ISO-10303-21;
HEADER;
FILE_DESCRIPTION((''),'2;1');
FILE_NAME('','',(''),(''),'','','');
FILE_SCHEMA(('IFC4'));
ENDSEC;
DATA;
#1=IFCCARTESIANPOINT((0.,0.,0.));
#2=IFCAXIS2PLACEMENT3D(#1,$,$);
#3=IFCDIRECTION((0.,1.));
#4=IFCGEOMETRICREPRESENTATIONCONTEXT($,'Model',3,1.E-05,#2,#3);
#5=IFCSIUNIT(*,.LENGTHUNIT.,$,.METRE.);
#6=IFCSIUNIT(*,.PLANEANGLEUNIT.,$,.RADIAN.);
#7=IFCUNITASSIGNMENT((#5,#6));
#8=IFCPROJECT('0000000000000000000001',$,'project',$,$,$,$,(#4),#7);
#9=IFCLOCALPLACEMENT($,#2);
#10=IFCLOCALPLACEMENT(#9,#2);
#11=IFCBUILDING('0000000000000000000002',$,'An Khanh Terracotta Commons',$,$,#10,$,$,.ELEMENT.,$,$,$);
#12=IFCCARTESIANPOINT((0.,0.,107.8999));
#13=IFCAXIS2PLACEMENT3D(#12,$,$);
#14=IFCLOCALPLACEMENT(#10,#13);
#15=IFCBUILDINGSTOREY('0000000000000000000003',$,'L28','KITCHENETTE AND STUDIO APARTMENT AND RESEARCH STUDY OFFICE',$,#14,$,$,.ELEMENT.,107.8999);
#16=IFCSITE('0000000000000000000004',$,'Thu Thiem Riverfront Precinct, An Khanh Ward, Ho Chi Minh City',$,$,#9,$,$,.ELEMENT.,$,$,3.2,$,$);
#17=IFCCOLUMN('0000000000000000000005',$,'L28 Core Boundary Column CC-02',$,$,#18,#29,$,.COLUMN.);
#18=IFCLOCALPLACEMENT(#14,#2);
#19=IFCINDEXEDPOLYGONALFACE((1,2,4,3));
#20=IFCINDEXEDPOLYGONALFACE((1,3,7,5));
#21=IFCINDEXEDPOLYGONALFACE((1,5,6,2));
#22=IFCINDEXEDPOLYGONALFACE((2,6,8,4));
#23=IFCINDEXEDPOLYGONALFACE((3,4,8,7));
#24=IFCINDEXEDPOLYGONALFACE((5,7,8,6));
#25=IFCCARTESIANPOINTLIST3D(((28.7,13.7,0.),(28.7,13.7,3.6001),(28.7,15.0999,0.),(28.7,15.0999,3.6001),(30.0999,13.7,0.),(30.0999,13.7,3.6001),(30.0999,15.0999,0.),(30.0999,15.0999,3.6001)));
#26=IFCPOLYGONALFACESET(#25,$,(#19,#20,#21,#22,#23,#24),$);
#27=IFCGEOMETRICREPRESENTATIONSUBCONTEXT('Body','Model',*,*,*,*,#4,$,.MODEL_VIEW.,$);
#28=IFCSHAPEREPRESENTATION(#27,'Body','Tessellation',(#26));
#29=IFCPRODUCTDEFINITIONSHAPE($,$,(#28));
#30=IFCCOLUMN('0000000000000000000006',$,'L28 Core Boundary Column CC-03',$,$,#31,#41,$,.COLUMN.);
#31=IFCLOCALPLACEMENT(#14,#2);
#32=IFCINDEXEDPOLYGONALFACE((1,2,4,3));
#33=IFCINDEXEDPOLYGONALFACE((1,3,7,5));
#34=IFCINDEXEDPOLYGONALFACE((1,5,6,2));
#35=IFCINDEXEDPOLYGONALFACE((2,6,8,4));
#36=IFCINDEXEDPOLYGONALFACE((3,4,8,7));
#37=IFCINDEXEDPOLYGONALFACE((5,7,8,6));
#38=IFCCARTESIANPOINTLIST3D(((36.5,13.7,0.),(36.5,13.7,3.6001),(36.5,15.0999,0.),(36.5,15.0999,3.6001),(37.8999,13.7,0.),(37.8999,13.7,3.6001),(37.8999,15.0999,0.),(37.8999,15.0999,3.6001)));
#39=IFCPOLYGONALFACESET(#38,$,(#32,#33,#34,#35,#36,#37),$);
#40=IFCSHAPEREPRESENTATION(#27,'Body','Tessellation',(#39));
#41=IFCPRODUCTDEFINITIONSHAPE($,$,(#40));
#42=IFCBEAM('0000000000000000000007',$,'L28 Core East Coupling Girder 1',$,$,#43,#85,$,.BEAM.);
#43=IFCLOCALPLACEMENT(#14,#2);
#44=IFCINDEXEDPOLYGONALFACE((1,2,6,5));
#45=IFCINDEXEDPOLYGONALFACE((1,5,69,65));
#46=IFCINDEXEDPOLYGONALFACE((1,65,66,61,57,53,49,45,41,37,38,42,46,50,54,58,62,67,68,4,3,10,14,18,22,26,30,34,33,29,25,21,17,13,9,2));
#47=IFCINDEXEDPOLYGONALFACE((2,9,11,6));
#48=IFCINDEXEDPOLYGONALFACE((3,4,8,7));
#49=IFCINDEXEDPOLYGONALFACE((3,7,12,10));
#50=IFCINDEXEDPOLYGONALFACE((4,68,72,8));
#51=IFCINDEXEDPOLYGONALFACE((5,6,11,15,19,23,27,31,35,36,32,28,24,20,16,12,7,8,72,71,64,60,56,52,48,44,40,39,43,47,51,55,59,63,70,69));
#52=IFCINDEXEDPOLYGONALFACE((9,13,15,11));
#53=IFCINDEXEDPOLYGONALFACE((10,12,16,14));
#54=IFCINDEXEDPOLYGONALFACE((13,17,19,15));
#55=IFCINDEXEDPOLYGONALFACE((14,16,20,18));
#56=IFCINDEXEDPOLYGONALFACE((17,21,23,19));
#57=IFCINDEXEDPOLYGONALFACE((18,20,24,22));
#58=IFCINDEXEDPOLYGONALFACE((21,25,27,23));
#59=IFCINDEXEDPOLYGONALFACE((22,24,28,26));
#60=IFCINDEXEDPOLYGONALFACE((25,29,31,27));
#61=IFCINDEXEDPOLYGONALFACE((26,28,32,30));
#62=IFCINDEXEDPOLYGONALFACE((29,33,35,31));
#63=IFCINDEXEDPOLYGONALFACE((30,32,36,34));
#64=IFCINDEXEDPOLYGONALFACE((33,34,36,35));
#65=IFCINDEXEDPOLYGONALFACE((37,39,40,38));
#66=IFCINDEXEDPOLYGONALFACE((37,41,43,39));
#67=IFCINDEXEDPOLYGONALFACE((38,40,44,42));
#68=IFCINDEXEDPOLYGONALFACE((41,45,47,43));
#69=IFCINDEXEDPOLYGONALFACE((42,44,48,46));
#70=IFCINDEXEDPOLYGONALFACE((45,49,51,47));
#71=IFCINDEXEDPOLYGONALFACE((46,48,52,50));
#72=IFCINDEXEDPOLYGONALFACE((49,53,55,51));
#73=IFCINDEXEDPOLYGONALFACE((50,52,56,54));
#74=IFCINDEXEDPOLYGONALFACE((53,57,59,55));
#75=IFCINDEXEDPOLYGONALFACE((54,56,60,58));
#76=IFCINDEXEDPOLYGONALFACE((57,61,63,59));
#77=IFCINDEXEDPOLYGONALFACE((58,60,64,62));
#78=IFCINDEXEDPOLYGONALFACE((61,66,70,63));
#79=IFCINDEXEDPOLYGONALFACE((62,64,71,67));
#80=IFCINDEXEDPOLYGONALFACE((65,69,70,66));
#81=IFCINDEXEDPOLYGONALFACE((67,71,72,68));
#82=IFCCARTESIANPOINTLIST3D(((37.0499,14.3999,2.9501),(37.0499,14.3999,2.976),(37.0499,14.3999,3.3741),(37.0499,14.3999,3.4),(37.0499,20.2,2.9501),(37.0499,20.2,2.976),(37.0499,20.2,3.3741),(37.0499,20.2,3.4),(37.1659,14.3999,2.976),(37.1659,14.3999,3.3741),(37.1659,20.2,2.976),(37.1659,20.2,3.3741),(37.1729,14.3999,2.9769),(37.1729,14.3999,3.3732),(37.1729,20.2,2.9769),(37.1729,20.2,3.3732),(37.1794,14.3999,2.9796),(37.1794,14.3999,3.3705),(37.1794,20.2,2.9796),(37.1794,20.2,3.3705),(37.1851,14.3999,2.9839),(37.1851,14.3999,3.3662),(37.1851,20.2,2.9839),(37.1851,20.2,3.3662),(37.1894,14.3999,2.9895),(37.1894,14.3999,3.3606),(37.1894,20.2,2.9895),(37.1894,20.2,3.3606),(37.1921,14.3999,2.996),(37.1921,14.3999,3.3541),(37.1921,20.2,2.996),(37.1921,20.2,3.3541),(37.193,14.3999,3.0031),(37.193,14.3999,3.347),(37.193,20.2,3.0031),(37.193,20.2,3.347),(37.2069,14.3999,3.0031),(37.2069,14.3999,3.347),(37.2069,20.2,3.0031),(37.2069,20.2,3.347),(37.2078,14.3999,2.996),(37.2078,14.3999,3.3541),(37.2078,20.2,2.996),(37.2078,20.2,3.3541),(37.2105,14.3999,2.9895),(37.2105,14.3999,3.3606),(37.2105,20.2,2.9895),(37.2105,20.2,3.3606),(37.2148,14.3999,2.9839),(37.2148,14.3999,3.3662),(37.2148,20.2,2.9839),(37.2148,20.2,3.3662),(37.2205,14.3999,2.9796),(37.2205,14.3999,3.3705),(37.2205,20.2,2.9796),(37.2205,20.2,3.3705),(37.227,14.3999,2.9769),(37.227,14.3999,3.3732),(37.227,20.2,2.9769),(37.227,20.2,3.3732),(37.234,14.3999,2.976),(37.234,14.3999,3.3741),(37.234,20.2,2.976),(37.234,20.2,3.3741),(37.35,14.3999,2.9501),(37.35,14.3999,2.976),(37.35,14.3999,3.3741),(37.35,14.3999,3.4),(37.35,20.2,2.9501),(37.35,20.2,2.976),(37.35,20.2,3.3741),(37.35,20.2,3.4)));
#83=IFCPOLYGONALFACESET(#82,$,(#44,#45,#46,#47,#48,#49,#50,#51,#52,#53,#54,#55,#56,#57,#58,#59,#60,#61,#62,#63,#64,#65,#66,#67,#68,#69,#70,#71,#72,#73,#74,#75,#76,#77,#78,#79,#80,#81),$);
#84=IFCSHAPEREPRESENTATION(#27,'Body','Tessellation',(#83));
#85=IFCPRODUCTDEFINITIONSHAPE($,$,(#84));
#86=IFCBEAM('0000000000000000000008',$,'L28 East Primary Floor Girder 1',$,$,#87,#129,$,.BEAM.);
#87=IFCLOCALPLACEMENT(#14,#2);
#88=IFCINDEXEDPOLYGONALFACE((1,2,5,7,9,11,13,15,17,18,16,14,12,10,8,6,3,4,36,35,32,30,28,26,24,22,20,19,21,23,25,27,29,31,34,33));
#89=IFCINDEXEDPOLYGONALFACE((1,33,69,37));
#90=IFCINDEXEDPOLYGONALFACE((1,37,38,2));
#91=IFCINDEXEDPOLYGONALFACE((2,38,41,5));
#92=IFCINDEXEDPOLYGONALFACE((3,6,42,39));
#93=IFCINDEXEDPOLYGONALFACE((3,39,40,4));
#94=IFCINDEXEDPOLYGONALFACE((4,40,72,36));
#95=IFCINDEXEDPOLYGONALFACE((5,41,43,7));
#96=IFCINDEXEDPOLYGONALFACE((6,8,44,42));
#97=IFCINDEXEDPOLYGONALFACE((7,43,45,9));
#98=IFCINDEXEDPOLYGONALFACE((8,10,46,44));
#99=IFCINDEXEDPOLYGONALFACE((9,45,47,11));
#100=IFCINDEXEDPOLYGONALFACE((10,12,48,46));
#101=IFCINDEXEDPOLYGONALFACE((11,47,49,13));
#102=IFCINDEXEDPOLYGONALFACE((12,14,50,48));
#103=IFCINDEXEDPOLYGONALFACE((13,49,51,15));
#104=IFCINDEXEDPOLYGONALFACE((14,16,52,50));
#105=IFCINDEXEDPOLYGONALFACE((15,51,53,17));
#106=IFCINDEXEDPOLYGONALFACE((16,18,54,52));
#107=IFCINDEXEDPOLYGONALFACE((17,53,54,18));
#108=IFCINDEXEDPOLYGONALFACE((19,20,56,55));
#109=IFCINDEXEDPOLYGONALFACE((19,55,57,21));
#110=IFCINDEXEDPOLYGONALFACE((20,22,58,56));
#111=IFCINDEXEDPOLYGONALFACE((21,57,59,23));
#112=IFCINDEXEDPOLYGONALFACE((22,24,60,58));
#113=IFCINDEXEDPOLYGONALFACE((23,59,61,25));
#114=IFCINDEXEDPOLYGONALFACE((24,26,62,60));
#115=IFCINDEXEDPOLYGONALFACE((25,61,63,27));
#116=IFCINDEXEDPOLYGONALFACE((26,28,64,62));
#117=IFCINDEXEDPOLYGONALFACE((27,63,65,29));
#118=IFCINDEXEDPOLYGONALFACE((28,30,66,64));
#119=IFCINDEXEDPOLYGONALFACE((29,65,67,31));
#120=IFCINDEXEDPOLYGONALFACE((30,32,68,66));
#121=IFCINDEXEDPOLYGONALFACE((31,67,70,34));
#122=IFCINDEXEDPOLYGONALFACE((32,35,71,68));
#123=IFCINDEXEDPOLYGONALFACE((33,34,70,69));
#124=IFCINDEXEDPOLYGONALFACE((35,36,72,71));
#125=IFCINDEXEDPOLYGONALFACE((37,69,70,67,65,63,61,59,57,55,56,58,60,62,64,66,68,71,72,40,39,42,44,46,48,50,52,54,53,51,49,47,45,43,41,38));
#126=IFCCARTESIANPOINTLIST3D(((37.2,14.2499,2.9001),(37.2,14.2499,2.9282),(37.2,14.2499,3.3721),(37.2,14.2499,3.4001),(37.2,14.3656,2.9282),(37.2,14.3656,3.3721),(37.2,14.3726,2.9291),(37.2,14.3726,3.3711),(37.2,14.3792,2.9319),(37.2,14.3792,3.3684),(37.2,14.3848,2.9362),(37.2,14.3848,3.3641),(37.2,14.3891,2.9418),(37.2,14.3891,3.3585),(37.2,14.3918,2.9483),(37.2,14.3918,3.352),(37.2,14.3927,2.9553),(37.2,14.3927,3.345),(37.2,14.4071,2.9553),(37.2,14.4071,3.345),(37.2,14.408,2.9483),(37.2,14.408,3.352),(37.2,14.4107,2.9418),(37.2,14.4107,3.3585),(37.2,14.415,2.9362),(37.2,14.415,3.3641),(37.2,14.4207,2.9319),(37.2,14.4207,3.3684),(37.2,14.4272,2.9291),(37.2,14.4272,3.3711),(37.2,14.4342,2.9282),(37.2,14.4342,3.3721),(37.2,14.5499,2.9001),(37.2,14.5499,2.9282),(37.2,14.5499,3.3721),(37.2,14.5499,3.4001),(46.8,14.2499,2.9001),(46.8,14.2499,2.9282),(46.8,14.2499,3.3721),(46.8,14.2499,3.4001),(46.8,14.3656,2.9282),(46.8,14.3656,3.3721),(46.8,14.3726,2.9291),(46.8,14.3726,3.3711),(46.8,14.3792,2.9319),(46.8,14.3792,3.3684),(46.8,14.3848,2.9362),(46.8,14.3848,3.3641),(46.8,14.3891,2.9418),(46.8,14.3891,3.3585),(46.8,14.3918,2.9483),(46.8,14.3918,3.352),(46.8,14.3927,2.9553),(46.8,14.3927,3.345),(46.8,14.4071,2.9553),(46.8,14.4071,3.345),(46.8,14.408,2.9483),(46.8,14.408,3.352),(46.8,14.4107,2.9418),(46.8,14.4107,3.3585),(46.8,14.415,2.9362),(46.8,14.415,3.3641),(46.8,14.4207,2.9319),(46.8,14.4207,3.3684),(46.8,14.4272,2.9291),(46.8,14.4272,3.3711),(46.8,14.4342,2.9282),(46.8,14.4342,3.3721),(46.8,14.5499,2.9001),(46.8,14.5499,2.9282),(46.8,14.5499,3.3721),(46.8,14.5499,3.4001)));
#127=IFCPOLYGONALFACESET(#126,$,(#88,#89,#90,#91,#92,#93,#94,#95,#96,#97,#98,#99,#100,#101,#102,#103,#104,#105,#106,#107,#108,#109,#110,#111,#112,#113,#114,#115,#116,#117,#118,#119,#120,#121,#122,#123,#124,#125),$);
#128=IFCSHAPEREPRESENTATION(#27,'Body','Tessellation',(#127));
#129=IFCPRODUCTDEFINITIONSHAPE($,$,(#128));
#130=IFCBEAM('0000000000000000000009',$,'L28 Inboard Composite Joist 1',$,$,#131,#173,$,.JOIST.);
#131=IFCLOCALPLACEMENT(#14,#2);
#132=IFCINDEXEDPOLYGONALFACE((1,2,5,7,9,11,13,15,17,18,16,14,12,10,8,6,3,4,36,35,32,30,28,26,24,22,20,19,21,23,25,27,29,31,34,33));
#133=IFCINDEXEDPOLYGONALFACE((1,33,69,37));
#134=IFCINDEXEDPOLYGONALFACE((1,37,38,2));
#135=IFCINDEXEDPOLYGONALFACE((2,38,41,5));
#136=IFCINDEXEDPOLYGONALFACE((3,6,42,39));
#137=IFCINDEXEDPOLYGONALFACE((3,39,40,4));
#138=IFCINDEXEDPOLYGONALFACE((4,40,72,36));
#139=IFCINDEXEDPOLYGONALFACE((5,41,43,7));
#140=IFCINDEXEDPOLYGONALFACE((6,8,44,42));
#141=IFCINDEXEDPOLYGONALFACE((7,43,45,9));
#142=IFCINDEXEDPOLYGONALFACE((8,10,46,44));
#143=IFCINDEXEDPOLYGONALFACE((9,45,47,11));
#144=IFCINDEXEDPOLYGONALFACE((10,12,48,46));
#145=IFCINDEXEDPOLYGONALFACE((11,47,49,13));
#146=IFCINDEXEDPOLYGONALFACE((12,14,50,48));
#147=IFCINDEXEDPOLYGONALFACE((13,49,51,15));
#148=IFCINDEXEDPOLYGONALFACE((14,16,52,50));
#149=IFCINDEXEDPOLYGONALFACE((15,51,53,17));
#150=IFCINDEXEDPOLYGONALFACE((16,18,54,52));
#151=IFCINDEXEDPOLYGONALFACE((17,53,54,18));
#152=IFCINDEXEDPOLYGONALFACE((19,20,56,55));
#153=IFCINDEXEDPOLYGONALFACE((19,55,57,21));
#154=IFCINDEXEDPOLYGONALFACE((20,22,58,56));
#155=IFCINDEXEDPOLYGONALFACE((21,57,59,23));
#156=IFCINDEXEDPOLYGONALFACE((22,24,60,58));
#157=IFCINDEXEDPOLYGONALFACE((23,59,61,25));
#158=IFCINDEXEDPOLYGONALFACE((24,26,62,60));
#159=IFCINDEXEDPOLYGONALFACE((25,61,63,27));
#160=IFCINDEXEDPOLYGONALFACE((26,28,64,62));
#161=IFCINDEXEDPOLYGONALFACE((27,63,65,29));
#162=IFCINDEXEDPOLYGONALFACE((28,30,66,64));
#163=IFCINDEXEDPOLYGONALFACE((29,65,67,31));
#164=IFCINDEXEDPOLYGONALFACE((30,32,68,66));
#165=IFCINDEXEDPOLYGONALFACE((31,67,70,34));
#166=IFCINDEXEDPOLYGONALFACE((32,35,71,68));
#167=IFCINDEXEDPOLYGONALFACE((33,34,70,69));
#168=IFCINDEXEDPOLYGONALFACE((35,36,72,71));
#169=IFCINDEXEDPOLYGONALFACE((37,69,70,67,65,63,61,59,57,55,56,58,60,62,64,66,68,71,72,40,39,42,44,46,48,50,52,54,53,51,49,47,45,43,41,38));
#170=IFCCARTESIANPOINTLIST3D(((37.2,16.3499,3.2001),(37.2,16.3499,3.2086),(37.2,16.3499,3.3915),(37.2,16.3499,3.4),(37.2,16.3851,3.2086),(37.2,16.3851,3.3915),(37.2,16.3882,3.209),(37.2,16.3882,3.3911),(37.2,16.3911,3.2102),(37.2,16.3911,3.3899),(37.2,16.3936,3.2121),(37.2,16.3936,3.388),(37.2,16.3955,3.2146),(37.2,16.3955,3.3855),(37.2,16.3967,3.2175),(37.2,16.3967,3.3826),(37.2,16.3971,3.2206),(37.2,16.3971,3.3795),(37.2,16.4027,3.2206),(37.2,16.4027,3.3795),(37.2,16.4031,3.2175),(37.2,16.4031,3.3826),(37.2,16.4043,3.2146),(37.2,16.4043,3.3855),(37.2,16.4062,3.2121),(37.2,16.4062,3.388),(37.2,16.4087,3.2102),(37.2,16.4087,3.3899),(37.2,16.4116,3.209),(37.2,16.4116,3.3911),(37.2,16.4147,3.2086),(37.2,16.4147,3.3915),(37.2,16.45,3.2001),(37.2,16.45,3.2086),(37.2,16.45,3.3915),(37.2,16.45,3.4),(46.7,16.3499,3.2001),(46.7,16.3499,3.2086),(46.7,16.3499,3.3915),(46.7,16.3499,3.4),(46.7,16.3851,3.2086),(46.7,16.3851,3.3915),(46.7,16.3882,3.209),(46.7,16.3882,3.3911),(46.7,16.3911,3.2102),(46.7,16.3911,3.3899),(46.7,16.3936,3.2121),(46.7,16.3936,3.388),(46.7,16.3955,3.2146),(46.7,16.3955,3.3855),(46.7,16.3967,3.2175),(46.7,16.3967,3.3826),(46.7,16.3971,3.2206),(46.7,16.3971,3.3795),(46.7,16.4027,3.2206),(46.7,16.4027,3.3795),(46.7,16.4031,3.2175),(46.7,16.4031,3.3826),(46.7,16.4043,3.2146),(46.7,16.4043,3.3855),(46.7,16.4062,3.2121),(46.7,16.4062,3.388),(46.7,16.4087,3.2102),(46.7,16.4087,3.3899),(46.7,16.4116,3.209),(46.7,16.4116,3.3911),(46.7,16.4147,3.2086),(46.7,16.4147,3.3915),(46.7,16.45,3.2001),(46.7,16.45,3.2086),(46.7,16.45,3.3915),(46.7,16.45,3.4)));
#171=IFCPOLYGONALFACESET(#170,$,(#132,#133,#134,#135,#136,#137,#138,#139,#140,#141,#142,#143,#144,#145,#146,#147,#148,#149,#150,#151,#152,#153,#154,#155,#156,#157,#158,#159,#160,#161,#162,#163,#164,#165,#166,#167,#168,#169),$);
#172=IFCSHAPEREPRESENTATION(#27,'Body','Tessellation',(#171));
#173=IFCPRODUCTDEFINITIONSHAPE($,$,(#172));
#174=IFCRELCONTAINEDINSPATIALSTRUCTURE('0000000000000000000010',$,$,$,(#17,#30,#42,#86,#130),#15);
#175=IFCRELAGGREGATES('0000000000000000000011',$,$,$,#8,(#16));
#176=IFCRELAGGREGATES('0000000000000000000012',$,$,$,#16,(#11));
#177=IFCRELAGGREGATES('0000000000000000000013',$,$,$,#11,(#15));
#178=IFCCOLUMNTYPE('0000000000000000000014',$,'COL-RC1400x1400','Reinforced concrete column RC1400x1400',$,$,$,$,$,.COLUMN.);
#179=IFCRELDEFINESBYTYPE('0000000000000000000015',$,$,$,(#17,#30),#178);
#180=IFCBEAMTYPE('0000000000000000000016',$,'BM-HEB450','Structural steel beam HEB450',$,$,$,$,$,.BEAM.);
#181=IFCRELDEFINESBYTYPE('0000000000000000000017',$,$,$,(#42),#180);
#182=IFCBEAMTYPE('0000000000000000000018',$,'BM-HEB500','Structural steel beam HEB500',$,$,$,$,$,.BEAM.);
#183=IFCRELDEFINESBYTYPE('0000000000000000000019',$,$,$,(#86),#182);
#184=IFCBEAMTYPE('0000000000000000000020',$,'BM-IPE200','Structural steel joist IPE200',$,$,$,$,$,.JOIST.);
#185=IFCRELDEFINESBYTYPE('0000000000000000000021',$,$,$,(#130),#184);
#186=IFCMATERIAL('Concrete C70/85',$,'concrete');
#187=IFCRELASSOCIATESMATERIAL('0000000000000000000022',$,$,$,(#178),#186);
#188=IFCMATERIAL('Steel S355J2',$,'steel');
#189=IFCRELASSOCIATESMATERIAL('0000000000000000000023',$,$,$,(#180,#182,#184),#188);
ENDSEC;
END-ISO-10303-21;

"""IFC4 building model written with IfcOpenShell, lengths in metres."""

from ifc_helpers import new_model, si_unit, direction, frame, origin, origin_2d, place, context, subcontext, project, spatial, rectangle, i_section, extrude, material, material_profile, profile_set, type_object, element, save


model = new_model("IFC4")

# Units and contexts
model_context = context("Model", 3, precision=1e-05, world=origin(), true_north=direction((0.0, 1.0)))
body_context = subcontext(model_context, "Body", "Model", "MODEL_VIEW")
ifc_project = project(units=[si_unit("LENGTHUNIT", "METRE"), si_unit("PLANEANGLEUNIT", "RADIAN")], contexts=[model_context])

# Site, building, storey
site_placement = place(None, origin())
site = spatial("IfcSite", under=ifc_project, at=site_placement, Name="Thu Thiem Riverfront Precinct, An Khanh Ward, Ho Chi Minh City", CompositionType="ELEMENT", RefElevation=3.2)
building_placement = place(site_placement, origin())
building = spatial("IfcBuilding", under=site, at=building_placement, Name="An Khanh Terracotta Commons", CompositionType="ELEMENT")
storey_placement = place(building_placement, frame((0.0, 0.0, 107.8999)))
storey = spatial("IfcBuildingStorey", under=building, at=storey_placement, Name="L28", Description="KITCHENETTE AND STUDIO APARTMENT AND RESEARCH STUDY OFFICE", CompositionType="ELEMENT", Elevation=107.8999)

# Columns
ifc_material_1 = material(Name="Concrete C70/85", Category="concrete")
ifc_material_profile_1 = material_profile(ifc_material_1, rectangle(XDim=1.3999, YDim=1.3999, at=origin_2d()), Name="RC1400x1400")
ifc_profile_set_1 = profile_set([ifc_material_profile_1], Name="Concrete C70/85")
column_type = type_object("IfcColumnType", Name="COL-RC1400x1400", Description="Reinforced concrete column RC1400x1400", PredefinedType="COLUMN", material=ifc_profile_set_1)
for number, where, z_axis, x_axis, name in (
    (1, (29.3999, 14.3999, 0.0), (0.0, 0.0, 1.0), (1.0, 0.0, 0.0), "L28 Core Boundary Column CC-02"),
    (2, (37.2, 14.3999, 0.0), (0.0, 0.0, 1.0), (1.0, 0.0, 0.0), "L28 Core Boundary Column CC-03"),
):
    element("IfcColumn", number, at=place(storey_placement, frame(where, z_axis=z_axis, x_axis=x_axis)), inside=storey, type_object=column_type, Name=name, PredefinedType="COLUMN", context=body_context, shape_type="SweptSolid", body=[
        extrude(rectangle(XDim=1.3999, YDim=1.3999, at=origin_2d()), origin(), (0.0, 0.0, 1.0), 3.6001),
    ])

# Beams
ifc_material_2 = material(Name="Steel S355J2", Category="steel")
ifc_material_profile_2 = material_profile(ifc_material_2, i_section(OverallWidth=0.3, OverallDepth=0.45, WebThickness=0.0139, FlangeThickness=0.0259, FilletRadius=0.0271, at=origin_2d()), Name="HEB450")
ifc_profile_set_2 = profile_set([ifc_material_profile_2], Name="Steel S355J2")
beam_type_1 = type_object("IfcBeamType", Name="BM-HEB450", Description="Structural steel beam HEB450", PredefinedType="BEAM", material=ifc_profile_set_2)
beam_1_placement = place(storey_placement, frame((37.2, 14.3999, 3.175), z_axis=(0.0, 1.0, 0.0), x_axis=(-1.0, 0.0, 0.0)))
element("IfcBeam", 3, at=beam_1_placement, inside=storey, type_object=beam_type_1, Name="L28 Core East Coupling Girder 1", PredefinedType="BEAM", context=body_context, shape_type="SweptSolid", body=[
    extrude(i_section(OverallWidth=0.3, OverallDepth=0.45, WebThickness=0.0139, FlangeThickness=0.0259, FilletRadius=0.0271, at=origin_2d()), origin(), (0.0, 0.0, 1.0), 5.8),
])
ifc_material_profile_3 = material_profile(ifc_material_2, i_section(OverallWidth=0.3, OverallDepth=0.5, WebThickness=0.0144, FlangeThickness=0.0281, FilletRadius=0.0271, at=origin_2d()), Name="HEB500")
ifc_profile_set_3 = profile_set([ifc_material_profile_3], Name="Steel S355J2")
beam_type_2 = type_object("IfcBeamType", Name="BM-HEB500", Description="Structural steel beam HEB500", PredefinedType="BEAM", material=ifc_profile_set_3)
beam_2_placement = place(storey_placement, frame((37.2, 14.3999, 3.1501), z_axis=(1.0, 0.0, 0.0), x_axis=(0.0, 1.0, 0.0)))
element("IfcBeam", 4, at=beam_2_placement, inside=storey, type_object=beam_type_2, Name="L28 East Primary Floor Girder 1", PredefinedType="BEAM", context=body_context, shape_type="SweptSolid", body=[
    extrude(i_section(OverallWidth=0.3, OverallDepth=0.5, WebThickness=0.0144, FlangeThickness=0.0281, FilletRadius=0.0271, at=origin_2d()), origin(), (0.0, 0.0, 1.0), 9.6001),
])
ifc_material_profile_4 = material_profile(ifc_material_2, i_section(OverallWidth=0.1001, OverallDepth=0.2, WebThickness=0.0056, FlangeThickness=0.0085, FilletRadius=0.012, at=origin_2d()), Name="IPE200")
ifc_profile_set_4 = profile_set([ifc_material_profile_4], Name="Steel S355J2")
beam_type_3 = type_object("IfcBeamType", Name="BM-IPE200", Description="Structural steel joist IPE200", PredefinedType="JOIST", material=ifc_profile_set_4)
beam_3_placement = place(storey_placement, frame((37.2, 16.3999, 3.3), z_axis=(1.0, 0.0, 0.0), x_axis=(0.0, 1.0, 0.0)))
element("IfcBeam", 5, at=beam_3_placement, inside=storey, type_object=beam_type_3, Name="L28 Inboard Composite Joist 1", PredefinedType="JOIST", context=body_context, shape_type="SweptSolid", body=[
    extrude(i_section(OverallWidth=0.1001, OverallDepth=0.2, WebThickness=0.0056, FlangeThickness=0.0085, FilletRadius=0.012, at=origin_2d()), origin(), (0.0, 0.0, 1.0), 9.5),
])

save(model, "model.ifc")
